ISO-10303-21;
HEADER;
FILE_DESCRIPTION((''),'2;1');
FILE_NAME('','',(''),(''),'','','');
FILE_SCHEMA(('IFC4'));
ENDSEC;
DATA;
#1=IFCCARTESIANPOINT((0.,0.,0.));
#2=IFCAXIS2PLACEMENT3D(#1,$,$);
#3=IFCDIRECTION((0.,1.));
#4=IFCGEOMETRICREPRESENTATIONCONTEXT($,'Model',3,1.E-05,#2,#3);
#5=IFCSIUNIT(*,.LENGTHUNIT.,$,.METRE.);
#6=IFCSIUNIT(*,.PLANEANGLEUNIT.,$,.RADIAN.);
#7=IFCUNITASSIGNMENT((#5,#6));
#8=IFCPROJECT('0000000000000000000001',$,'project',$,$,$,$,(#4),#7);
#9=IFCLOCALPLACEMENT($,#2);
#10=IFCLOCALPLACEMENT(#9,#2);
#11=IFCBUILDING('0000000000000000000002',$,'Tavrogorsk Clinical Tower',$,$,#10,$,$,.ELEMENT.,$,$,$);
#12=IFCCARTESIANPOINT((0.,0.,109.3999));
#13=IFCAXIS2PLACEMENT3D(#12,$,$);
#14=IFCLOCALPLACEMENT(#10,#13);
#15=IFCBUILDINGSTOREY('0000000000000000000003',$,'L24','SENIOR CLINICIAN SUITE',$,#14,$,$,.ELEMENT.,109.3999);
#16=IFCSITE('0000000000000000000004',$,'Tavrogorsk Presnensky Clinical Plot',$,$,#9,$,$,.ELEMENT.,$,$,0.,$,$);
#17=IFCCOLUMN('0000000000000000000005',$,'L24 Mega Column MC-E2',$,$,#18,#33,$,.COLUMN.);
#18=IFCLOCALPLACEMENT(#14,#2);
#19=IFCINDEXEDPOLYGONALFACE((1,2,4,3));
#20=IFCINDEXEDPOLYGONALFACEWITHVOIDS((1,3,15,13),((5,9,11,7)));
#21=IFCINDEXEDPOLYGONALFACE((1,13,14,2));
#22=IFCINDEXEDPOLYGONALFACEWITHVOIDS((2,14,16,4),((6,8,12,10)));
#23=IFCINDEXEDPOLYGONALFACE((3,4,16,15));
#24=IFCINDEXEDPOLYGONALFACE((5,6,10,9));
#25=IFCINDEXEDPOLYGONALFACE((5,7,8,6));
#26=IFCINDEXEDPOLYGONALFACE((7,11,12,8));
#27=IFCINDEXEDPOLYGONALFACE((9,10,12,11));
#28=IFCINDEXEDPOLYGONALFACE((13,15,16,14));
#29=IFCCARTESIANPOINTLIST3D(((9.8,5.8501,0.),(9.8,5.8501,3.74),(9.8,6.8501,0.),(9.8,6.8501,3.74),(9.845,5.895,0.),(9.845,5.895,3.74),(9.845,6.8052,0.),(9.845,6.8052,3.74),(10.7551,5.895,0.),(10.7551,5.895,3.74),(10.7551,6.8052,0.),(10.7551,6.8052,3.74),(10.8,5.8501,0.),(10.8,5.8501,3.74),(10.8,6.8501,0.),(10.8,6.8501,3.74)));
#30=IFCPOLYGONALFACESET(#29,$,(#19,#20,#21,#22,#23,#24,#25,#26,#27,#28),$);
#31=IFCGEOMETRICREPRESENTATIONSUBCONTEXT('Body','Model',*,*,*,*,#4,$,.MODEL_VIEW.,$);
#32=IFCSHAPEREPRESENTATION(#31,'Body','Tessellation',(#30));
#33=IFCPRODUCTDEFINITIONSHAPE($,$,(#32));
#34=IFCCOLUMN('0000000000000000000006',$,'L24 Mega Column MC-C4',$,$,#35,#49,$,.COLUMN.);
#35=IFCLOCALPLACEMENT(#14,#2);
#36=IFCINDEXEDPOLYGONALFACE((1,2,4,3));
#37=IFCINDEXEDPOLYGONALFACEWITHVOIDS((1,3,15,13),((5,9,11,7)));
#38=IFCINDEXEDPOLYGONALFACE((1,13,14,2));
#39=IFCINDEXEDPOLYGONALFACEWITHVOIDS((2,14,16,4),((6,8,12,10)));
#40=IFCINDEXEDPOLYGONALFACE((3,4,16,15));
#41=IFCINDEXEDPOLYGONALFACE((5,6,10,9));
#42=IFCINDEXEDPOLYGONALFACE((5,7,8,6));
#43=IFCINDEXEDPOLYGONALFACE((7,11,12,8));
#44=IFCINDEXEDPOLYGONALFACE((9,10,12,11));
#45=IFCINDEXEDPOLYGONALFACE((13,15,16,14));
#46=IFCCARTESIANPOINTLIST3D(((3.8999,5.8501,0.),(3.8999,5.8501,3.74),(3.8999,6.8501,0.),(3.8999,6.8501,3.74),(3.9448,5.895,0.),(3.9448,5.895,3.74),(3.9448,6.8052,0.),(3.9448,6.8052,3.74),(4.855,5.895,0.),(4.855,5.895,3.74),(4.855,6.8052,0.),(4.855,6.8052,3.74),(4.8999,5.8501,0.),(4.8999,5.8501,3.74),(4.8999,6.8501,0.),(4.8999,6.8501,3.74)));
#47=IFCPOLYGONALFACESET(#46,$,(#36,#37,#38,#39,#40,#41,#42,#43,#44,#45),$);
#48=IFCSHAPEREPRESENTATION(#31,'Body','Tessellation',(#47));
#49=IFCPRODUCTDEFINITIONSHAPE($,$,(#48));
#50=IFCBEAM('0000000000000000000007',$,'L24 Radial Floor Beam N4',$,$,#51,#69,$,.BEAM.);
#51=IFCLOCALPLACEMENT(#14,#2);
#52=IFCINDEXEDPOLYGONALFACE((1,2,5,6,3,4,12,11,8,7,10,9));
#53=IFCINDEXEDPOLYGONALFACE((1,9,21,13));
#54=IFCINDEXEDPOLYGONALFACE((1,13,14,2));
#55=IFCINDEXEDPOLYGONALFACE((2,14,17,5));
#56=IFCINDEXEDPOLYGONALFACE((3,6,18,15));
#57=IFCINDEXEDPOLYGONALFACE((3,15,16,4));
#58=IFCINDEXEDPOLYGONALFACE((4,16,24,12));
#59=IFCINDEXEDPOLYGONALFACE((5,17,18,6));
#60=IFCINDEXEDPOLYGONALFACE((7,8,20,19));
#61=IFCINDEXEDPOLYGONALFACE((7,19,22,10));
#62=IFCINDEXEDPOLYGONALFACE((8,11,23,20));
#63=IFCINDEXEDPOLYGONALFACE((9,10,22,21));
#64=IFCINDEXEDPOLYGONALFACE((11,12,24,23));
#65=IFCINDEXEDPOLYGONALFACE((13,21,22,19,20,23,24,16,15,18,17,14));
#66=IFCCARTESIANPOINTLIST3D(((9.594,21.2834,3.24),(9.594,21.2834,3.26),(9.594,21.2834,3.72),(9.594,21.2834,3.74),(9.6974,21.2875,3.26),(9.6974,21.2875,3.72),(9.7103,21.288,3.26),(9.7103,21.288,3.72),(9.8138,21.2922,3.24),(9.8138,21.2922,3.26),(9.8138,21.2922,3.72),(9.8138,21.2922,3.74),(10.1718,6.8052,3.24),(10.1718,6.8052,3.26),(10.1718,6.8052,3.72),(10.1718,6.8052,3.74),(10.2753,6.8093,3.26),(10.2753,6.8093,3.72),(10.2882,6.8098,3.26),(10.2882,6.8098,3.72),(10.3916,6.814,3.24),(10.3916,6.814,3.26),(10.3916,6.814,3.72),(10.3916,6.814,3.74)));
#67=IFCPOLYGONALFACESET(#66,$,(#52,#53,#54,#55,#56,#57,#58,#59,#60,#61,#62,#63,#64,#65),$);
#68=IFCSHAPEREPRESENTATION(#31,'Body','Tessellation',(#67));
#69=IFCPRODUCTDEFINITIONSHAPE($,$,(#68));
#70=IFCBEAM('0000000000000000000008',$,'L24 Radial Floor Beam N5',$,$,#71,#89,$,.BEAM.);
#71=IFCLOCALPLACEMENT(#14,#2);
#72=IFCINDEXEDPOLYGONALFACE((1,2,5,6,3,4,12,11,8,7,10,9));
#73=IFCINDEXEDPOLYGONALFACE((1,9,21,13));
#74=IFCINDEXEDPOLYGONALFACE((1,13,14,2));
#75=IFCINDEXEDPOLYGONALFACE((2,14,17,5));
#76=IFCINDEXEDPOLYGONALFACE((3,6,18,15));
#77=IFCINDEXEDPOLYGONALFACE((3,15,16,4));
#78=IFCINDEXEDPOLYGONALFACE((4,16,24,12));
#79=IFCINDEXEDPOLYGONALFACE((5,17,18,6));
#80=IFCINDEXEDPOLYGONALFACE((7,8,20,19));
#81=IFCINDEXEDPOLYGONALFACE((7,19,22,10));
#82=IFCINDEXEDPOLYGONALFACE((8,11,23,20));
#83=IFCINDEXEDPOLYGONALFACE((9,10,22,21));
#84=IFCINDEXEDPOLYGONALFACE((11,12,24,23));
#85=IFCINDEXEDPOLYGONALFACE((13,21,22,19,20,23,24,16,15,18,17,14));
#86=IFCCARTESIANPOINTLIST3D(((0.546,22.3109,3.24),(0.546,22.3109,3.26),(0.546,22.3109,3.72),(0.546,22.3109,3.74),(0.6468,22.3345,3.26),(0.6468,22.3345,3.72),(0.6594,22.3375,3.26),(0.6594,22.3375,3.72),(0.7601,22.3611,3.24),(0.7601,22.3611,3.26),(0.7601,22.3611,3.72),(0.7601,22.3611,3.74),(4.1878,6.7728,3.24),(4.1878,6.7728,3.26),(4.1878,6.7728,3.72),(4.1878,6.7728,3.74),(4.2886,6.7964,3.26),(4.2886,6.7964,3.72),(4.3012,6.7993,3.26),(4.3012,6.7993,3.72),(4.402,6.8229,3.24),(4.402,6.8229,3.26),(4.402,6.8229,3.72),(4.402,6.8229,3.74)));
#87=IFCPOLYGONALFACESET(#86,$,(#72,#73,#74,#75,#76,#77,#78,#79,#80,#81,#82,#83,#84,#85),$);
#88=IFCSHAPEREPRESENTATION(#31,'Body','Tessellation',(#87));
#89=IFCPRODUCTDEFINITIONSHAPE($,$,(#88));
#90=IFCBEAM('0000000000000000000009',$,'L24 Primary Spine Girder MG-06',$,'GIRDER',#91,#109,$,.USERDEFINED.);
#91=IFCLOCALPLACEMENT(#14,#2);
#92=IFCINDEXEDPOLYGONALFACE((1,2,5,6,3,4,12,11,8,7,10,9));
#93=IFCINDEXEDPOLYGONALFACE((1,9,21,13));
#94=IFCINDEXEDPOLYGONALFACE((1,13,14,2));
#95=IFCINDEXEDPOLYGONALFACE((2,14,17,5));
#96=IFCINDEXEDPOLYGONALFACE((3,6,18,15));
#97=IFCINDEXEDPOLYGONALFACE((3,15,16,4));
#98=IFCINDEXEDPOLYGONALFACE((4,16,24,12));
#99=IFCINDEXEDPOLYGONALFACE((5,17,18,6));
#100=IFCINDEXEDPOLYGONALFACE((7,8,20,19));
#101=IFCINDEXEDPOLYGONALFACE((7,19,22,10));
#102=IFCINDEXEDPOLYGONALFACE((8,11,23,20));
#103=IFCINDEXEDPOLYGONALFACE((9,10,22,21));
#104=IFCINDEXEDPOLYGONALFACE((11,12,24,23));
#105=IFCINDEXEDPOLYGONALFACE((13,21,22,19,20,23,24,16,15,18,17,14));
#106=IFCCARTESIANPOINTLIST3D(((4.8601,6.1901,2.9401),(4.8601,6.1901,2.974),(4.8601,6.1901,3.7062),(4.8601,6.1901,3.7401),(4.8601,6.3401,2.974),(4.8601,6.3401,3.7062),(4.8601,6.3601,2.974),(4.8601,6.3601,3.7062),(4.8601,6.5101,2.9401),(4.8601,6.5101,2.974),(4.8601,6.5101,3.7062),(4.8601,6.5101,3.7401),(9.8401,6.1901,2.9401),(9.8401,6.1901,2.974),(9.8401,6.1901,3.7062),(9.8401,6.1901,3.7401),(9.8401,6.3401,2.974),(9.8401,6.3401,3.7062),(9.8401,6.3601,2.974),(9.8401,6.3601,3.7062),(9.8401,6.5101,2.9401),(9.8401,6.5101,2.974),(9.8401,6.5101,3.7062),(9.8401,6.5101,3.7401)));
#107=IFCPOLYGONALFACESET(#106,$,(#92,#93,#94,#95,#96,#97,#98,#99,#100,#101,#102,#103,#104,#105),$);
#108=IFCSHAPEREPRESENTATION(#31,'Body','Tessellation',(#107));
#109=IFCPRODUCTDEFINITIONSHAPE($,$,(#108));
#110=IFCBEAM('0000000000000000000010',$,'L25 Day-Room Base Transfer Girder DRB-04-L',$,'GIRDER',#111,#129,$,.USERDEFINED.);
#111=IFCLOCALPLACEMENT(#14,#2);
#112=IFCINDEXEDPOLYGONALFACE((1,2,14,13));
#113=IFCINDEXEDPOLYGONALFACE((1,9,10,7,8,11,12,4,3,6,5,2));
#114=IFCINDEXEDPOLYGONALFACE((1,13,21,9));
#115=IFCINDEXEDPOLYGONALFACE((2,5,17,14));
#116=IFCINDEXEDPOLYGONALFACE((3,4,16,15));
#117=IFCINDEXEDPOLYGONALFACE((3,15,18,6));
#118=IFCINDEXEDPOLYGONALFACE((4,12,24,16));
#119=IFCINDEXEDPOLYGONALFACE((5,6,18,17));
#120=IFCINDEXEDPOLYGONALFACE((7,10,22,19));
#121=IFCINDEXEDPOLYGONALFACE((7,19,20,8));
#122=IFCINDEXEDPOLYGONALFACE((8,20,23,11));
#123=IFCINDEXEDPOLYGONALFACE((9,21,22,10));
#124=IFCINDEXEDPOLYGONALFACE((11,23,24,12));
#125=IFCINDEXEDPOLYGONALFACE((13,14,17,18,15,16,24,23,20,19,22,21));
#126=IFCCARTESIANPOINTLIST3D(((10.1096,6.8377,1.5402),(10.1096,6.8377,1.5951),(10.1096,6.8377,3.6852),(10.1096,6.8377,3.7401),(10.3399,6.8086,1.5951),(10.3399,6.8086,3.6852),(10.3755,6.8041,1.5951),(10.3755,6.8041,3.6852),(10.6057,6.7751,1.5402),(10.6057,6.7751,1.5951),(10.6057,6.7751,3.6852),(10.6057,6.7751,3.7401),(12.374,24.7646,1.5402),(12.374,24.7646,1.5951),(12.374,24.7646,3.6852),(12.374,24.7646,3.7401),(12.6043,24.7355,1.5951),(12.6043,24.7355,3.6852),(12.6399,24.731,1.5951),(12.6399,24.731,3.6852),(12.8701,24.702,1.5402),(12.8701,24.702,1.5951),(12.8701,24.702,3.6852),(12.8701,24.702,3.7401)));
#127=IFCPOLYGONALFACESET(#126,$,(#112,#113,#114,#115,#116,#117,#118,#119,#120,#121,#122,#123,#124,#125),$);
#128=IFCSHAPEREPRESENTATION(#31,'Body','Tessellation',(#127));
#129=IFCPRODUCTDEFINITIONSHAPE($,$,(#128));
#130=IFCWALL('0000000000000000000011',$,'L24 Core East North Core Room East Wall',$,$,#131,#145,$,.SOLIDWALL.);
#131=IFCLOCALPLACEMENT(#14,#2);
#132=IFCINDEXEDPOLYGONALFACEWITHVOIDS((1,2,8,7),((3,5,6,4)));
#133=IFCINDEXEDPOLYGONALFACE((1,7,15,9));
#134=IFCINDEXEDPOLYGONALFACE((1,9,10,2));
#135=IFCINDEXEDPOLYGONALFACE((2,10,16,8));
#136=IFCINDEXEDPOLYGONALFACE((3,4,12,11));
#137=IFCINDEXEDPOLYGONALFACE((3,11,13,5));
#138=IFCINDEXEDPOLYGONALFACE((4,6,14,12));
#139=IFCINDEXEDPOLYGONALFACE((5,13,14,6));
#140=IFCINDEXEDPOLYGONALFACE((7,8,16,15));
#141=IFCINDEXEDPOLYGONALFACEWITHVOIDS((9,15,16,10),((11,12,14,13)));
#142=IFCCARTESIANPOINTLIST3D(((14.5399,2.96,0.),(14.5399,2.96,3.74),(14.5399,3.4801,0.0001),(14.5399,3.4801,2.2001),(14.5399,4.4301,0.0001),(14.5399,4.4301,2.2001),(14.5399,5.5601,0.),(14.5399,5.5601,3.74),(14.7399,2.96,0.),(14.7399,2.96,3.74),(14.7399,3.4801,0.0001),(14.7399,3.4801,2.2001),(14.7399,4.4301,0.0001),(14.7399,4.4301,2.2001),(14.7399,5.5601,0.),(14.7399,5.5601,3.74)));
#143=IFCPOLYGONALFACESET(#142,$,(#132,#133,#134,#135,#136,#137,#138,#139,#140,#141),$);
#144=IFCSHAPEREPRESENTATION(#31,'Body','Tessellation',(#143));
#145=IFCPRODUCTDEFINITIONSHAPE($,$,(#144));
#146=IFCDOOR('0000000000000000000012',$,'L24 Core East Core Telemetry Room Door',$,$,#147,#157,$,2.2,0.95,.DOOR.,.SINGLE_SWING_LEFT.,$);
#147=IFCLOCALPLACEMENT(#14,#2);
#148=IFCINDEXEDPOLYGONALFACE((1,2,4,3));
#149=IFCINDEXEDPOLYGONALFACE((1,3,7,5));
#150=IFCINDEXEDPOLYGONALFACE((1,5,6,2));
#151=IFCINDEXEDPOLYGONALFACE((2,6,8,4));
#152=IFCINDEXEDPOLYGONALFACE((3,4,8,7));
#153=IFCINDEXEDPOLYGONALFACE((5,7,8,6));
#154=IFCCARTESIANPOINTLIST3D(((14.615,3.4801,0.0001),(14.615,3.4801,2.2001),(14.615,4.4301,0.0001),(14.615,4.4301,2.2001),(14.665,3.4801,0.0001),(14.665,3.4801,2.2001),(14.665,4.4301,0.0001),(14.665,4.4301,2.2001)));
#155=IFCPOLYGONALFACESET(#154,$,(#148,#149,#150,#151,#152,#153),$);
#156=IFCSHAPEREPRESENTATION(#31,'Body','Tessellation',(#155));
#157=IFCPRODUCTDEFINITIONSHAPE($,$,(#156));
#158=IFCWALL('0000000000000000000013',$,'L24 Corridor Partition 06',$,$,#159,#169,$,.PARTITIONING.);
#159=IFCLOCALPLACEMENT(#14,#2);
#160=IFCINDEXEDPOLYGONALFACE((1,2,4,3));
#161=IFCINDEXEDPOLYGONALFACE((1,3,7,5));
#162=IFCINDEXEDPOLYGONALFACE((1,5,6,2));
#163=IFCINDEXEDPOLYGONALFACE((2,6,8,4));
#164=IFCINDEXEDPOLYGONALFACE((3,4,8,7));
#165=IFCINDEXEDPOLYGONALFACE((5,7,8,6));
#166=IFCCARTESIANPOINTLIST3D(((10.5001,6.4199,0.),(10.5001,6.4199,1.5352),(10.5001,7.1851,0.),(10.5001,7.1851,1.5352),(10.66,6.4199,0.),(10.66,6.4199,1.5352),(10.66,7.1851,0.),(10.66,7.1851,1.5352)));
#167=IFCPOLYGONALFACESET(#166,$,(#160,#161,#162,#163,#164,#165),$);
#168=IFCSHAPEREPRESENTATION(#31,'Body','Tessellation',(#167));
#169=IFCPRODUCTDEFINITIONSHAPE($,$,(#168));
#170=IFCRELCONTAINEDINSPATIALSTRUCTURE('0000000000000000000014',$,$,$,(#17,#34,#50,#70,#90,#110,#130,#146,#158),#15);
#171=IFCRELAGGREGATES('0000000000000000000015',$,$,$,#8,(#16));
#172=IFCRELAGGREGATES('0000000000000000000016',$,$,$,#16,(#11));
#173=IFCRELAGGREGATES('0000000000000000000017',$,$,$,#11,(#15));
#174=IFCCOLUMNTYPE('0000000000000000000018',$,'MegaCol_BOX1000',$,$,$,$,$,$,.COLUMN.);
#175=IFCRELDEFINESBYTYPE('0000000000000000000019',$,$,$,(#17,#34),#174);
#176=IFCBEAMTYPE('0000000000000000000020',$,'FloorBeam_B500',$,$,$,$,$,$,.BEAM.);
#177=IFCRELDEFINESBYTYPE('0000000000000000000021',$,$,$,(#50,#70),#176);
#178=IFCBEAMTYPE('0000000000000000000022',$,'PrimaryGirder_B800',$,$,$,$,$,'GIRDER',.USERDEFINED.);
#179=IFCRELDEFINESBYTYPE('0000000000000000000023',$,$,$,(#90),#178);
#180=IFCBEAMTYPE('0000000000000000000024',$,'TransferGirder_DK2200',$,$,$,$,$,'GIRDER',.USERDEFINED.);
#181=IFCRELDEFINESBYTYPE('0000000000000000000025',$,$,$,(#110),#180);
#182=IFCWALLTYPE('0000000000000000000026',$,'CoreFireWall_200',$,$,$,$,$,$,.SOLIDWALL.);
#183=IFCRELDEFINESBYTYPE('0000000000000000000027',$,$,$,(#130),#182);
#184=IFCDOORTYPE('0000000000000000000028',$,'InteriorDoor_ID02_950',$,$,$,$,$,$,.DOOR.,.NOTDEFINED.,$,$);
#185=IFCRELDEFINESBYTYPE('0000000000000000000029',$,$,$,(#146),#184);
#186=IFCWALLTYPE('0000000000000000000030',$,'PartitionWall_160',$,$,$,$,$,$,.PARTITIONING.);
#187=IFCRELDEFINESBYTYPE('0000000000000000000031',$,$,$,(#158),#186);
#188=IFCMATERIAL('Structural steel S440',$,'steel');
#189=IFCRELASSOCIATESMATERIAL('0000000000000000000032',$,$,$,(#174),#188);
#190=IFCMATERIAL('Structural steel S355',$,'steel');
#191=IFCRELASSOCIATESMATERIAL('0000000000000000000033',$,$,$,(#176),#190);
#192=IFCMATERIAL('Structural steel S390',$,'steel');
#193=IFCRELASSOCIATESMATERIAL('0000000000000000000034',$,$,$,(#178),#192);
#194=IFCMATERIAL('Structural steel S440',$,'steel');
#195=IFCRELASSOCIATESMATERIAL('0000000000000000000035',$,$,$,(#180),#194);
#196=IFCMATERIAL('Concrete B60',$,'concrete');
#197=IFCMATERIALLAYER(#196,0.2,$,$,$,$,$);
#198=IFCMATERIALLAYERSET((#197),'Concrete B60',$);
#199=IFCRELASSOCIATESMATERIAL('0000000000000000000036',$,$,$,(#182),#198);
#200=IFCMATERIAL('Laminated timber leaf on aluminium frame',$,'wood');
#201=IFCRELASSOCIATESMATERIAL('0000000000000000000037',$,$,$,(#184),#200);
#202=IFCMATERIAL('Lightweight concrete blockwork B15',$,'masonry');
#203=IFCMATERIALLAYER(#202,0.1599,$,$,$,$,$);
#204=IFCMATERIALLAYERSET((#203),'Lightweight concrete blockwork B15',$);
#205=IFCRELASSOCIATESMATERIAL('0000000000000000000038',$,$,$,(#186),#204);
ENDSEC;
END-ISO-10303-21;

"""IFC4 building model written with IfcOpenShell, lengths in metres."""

from ifc_helpers import new_model, si_unit, direction, frame, frame_2d, origin, origin_2d, place, context, subcontext, project, spatial, rectangle, hollow_rectangle, i_section, extrude, material, layer, layer_set, material_profile, profile_set, type_object, element, fill, save


model = new_model("IFC4")

# Units and contexts
model_context = context("Model", 3, precision=1e-05, world=origin(), true_north=direction((0.0, 1.0)))
body_context = subcontext(model_context, "Body", "Model", "MODEL_VIEW")
ifc_project = project(units=[si_unit("LENGTHUNIT", "METRE"), si_unit("PLANEANGLEUNIT", "RADIAN")], contexts=[model_context])

# Site, building, storey
site_placement = place(None, origin())
site = spatial("IfcSite", under=ifc_project, at=site_placement, Name="Tavrogorsk Presnensky Clinical Plot", CompositionType="ELEMENT", RefElevation=0.0)
building_placement = place(site_placement, origin())
building = spatial("IfcBuilding", under=site, at=building_placement, Name="Tavrogorsk Clinical Tower", CompositionType="ELEMENT")
storey_placement = place(building_placement, frame((0.0, 0.0, 109.3999)))
storey = spatial("IfcBuildingStorey", under=building, at=storey_placement, Name="L24", Description="SENIOR CLINICIAN SUITE", CompositionType="ELEMENT", Elevation=109.3999)

# Columns
ifc_material_1 = material(Name="Structural steel S440", Category="steel")
ifc_material_profile_1 = material_profile(ifc_material_1, hollow_rectangle(XDim=1.0, YDim=1.0, WallThickness=0.0449, at=origin_2d()), Name="BOX-1000x1000x45")
ifc_profile_set_1 = profile_set([ifc_material_profile_1], Name="Structural steel S440")
column_type = type_object("IfcColumnType", Name="MegaCol_BOX1000", PredefinedType="COLUMN", material=ifc_profile_set_1)
for number, where, z_axis, x_axis, name in (
    (1, (10.3, 6.3501, 0.0), (0.0, 0.0, 1.0), (1.0, 0.0, 0.0), "L24 Mega Column MC-E2"),
    (2, (4.3999, 6.3501, 0.0), (0.0, 0.0, 1.0), (1.0, 0.0, 0.0), "L24 Mega Column MC-C4"),
):
    element("IfcColumn", number, at=place(storey_placement, frame(where, z_axis=z_axis, x_axis=x_axis)), inside=storey, type_object=column_type, Name=name, PredefinedType="COLUMN", context=body_context, shape_type="SweptSolid", body=[
        extrude(hollow_rectangle(XDim=1.0, YDim=1.0, WallThickness=0.0449, at=origin_2d()), origin(), (0.0, 0.0, 1.0), 3.74),
    ])

# Beams
ifc_material_2 = material(Name="Structural steel S355", Category="steel")
ifc_material_profile_2 = material_profile(ifc_material_2, i_section(OverallWidth=0.22, OverallDepth=0.5, WebThickness=0.0129, FlangeThickness=0.02, at=origin_2d()), Name="B-500x220x13x20")
ifc_profile_set_2 = profile_set([ifc_material_profile_2], Name="Structural steel S355")
beam_type_1 = type_object("IfcBeamType", Name="FloorBeam_B500", PredefinedType="BEAM", material=ifc_profile_set_2)
beam_1_placement = place(storey_placement, frame((10.2817, 6.8096, 3.49), z_axis=(-0.039882, 0.999204, 0.0), x_axis=(-0.999204, -0.039882, 0.0)))
element("IfcBeam", 3, at=beam_1_placement, inside=storey, type_object=beam_type_1, Name="L24 Radial Floor Beam N4", PredefinedType="BEAM", context=body_context, shape_type="SweptSolid", body=[
    extrude(i_section(OverallWidth=0.22, OverallDepth=0.5, WebThickness=0.0129, FlangeThickness=0.02, at=origin_2d()), origin(), (0.0, 0.0, 1.0), 14.4897),
])
beam_2_placement = place(storey_placement, frame((4.2949, 6.7979, 3.49), z_axis=(-0.228198, 0.973615, 0.0), x_axis=(-0.973615, -0.228198, 0.0)))
element("IfcBeam", 4, at=beam_2_placement, inside=storey, type_object=beam_type_1, Name="L24 Radial Floor Beam N5", PredefinedType="BEAM", context=body_context, shape_type="SweptSolid", body=[
    extrude(i_section(OverallWidth=0.22, OverallDepth=0.5, WebThickness=0.0129, FlangeThickness=0.02, at=origin_2d()), origin(), (0.0, 0.0, 1.0), 15.9592),
])
ifc_material_3 = material(Name="Structural steel S390", Category="steel")
ifc_material_profile_3 = material_profile(ifc_material_3, i_section(OverallWidth=0.3201, OverallDepth=0.8, WebThickness=0.02, FlangeThickness=0.0339, at=origin_2d()), Name="B-800x320x20x34")
ifc_profile_set_3 = profile_set([ifc_material_profile_3], Name="Structural steel S390")
beam_type_2 = type_object("IfcBeamType", Name="PrimaryGirder_B800", ElementType="GIRDER", PredefinedType="USERDEFINED", material=ifc_profile_set_3)
beam_3_placement = place(storey_placement, frame((4.8601, 6.3501, 3.3401), z_axis=(1.0, 0.0, 0.0), x_axis=(0.0, 1.0, 0.0)))
element("IfcBeam", 5, at=beam_3_placement, inside=storey, type_object=beam_type_2, Name="L24 Primary Spine Girder MG-06", ObjectType="GIRDER", PredefinedType="USERDEFINED", context=body_context, shape_type="SweptSolid", body=[
    extrude(i_section(OverallWidth=0.3201, OverallDepth=0.8, WebThickness=0.02, FlangeThickness=0.0339, at=origin_2d()), origin(), (0.0, 0.0, 1.0), 4.98),
])
ifc_material_4 = material(Name="Structural steel S440", Category="steel")
ifc_material_profile_4 = material_profile(ifc_material_4, i_section(OverallWidth=0.5, OverallDepth=2.2, WebThickness=0.0359, FlangeThickness=0.0549, at=origin_2d()), Name="DK-2200x500x36x55")
ifc_profile_set_4 = profile_set([ifc_material_profile_4], Name="Structural steel S440")
beam_type_3 = type_object("IfcBeamType", Name="TransferGirder_DK2200", ElementType="GIRDER", PredefinedType="USERDEFINED", material=ifc_profile_set_4)
beam_4_placement = place(storey_placement, frame((10.3577, 6.8064, 2.6401), z_axis=(0.125317, 0.992117, 0.0), x_axis=(-0.992117, 0.125317, 0.0)))
element("IfcBeam", 6, at=beam_4_placement, inside=storey, type_object=beam_type_3, Name="L25 Day-Room Base Transfer Girder DRB-04-L", ObjectType="GIRDER", PredefinedType="USERDEFINED", context=body_context, shape_type="SweptSolid", body=[
    extrude(i_section(OverallWidth=0.5, OverallDepth=2.2, WebThickness=0.0359, FlangeThickness=0.0549, at=origin_2d()), origin(), (0.0, 0.0, 1.0), 18.0693),
])

# Wall, opening, door
ifc_material_5 = material(Name="Concrete B60", Category="concrete")
ifc_layer_1 = layer(ifc_material_5, 0.2)
ifc_layer_set_1 = layer_set([ifc_layer_1], Name="Concrete B60")
wall_type_1 = type_object("IfcWallType", Name="CoreFireWall_200", PredefinedType="SOLIDWALL", material=ifc_layer_set_1)
wall_1_placement = place(storey_placement, frame((14.6399, 2.96, 0.0), z_axis=(0.0, 0.0, 1.0), x_axis=(0.0, 1.0, 0.0)))
wall_1 = element("IfcWall", 7, at=wall_1_placement, inside=storey, type_object=wall_type_1, Name="L24 Core East North Core Room East Wall", PredefinedType="SOLIDWALL", context=body_context, shape_type="SweptSolid", body=[
    extrude(rectangle(XDim=2.6001, YDim=0.2, at=frame_2d((1.3, 0.0))), origin(), (0.0, 0.0, 1.0), 3.74),
])
opening_1_placement = place(wall_1_placement, frame((0.52, 0.0, 0.0)))
opening_1 = element("IfcOpeningElement", 8, at=opening_1_placement, cuts=wall_1, PredefinedType="OPENING", context=body_context, shape_type="SweptSolid", body=[
    extrude(rectangle(XDim=0.95, YDim=2.2, at=frame_2d((0.4751, 1.1001))), frame((0.0, 0.1099, 0.0), z_axis=(0.0, -1.0, 0.0), x_axis=(1.0, 0.0, 0.0)), (0.0, 0.0, 1.0), 0.22),
])
ifc_material_6 = material(Name="Laminated timber leaf on aluminium frame", Category="wood")
door_type_1 = type_object("IfcDoorType", Name="InteriorDoor_ID02_950", OperationType="NOTDEFINED", PredefinedType="DOOR", material=ifc_material_6)
door_1_placement = place(opening_1_placement, origin())
door_1 = element("IfcDoor", 9, at=door_1_placement, inside=storey, type_object=door_type_1, Name="L24 Core East Core Telemetry Room Door", OperationType="SINGLE_SWING_LEFT", OverallHeight=2.2, OverallWidth=0.95, PredefinedType="DOOR", context=body_context, shape_type="SweptSolid", body=[
    extrude(rectangle(XDim=0.95, YDim=2.2, at=frame_2d((0.4751, 1.1001))), frame((0.0, 0.0249, 0.0), z_axis=(0.0, -1.0, 0.0), x_axis=(1.0, 0.0, 0.0)), (0.0, 0.0, 1.0), 0.05),
])
fill(opening_1, door_1)

# Wall
ifc_material_7 = material(Name="Lightweight concrete blockwork B15", Category="masonry")
ifc_layer_2 = layer(ifc_material_7, 0.1599)
ifc_layer_set_2 = layer_set([ifc_layer_2], Name="Lightweight concrete blockwork B15")
wall_type_2 = type_object("IfcWallType", Name="PartitionWall_160", PredefinedType="PARTITIONING", material=ifc_layer_set_2)
wall_2_placement = place(storey_placement, frame((10.5801, 7.1851, 0.0), z_axis=(0.0, 0.0, 1.0), x_axis=(0.0, -1.0, 0.0)))
element("IfcWall", 10, at=wall_2_placement, inside=storey, type_object=wall_type_2, Name="L24 Corridor Partition 06", PredefinedType="PARTITIONING", context=body_context, shape_type="SweptSolid", body=[
    extrude(rectangle(XDim=0.7651, YDim=0.1599, at=frame_2d((0.3826, 0.0))), origin(), (0.0, 0.0, 1.0), 1.5352),
])

save(model, "model.ifc")
